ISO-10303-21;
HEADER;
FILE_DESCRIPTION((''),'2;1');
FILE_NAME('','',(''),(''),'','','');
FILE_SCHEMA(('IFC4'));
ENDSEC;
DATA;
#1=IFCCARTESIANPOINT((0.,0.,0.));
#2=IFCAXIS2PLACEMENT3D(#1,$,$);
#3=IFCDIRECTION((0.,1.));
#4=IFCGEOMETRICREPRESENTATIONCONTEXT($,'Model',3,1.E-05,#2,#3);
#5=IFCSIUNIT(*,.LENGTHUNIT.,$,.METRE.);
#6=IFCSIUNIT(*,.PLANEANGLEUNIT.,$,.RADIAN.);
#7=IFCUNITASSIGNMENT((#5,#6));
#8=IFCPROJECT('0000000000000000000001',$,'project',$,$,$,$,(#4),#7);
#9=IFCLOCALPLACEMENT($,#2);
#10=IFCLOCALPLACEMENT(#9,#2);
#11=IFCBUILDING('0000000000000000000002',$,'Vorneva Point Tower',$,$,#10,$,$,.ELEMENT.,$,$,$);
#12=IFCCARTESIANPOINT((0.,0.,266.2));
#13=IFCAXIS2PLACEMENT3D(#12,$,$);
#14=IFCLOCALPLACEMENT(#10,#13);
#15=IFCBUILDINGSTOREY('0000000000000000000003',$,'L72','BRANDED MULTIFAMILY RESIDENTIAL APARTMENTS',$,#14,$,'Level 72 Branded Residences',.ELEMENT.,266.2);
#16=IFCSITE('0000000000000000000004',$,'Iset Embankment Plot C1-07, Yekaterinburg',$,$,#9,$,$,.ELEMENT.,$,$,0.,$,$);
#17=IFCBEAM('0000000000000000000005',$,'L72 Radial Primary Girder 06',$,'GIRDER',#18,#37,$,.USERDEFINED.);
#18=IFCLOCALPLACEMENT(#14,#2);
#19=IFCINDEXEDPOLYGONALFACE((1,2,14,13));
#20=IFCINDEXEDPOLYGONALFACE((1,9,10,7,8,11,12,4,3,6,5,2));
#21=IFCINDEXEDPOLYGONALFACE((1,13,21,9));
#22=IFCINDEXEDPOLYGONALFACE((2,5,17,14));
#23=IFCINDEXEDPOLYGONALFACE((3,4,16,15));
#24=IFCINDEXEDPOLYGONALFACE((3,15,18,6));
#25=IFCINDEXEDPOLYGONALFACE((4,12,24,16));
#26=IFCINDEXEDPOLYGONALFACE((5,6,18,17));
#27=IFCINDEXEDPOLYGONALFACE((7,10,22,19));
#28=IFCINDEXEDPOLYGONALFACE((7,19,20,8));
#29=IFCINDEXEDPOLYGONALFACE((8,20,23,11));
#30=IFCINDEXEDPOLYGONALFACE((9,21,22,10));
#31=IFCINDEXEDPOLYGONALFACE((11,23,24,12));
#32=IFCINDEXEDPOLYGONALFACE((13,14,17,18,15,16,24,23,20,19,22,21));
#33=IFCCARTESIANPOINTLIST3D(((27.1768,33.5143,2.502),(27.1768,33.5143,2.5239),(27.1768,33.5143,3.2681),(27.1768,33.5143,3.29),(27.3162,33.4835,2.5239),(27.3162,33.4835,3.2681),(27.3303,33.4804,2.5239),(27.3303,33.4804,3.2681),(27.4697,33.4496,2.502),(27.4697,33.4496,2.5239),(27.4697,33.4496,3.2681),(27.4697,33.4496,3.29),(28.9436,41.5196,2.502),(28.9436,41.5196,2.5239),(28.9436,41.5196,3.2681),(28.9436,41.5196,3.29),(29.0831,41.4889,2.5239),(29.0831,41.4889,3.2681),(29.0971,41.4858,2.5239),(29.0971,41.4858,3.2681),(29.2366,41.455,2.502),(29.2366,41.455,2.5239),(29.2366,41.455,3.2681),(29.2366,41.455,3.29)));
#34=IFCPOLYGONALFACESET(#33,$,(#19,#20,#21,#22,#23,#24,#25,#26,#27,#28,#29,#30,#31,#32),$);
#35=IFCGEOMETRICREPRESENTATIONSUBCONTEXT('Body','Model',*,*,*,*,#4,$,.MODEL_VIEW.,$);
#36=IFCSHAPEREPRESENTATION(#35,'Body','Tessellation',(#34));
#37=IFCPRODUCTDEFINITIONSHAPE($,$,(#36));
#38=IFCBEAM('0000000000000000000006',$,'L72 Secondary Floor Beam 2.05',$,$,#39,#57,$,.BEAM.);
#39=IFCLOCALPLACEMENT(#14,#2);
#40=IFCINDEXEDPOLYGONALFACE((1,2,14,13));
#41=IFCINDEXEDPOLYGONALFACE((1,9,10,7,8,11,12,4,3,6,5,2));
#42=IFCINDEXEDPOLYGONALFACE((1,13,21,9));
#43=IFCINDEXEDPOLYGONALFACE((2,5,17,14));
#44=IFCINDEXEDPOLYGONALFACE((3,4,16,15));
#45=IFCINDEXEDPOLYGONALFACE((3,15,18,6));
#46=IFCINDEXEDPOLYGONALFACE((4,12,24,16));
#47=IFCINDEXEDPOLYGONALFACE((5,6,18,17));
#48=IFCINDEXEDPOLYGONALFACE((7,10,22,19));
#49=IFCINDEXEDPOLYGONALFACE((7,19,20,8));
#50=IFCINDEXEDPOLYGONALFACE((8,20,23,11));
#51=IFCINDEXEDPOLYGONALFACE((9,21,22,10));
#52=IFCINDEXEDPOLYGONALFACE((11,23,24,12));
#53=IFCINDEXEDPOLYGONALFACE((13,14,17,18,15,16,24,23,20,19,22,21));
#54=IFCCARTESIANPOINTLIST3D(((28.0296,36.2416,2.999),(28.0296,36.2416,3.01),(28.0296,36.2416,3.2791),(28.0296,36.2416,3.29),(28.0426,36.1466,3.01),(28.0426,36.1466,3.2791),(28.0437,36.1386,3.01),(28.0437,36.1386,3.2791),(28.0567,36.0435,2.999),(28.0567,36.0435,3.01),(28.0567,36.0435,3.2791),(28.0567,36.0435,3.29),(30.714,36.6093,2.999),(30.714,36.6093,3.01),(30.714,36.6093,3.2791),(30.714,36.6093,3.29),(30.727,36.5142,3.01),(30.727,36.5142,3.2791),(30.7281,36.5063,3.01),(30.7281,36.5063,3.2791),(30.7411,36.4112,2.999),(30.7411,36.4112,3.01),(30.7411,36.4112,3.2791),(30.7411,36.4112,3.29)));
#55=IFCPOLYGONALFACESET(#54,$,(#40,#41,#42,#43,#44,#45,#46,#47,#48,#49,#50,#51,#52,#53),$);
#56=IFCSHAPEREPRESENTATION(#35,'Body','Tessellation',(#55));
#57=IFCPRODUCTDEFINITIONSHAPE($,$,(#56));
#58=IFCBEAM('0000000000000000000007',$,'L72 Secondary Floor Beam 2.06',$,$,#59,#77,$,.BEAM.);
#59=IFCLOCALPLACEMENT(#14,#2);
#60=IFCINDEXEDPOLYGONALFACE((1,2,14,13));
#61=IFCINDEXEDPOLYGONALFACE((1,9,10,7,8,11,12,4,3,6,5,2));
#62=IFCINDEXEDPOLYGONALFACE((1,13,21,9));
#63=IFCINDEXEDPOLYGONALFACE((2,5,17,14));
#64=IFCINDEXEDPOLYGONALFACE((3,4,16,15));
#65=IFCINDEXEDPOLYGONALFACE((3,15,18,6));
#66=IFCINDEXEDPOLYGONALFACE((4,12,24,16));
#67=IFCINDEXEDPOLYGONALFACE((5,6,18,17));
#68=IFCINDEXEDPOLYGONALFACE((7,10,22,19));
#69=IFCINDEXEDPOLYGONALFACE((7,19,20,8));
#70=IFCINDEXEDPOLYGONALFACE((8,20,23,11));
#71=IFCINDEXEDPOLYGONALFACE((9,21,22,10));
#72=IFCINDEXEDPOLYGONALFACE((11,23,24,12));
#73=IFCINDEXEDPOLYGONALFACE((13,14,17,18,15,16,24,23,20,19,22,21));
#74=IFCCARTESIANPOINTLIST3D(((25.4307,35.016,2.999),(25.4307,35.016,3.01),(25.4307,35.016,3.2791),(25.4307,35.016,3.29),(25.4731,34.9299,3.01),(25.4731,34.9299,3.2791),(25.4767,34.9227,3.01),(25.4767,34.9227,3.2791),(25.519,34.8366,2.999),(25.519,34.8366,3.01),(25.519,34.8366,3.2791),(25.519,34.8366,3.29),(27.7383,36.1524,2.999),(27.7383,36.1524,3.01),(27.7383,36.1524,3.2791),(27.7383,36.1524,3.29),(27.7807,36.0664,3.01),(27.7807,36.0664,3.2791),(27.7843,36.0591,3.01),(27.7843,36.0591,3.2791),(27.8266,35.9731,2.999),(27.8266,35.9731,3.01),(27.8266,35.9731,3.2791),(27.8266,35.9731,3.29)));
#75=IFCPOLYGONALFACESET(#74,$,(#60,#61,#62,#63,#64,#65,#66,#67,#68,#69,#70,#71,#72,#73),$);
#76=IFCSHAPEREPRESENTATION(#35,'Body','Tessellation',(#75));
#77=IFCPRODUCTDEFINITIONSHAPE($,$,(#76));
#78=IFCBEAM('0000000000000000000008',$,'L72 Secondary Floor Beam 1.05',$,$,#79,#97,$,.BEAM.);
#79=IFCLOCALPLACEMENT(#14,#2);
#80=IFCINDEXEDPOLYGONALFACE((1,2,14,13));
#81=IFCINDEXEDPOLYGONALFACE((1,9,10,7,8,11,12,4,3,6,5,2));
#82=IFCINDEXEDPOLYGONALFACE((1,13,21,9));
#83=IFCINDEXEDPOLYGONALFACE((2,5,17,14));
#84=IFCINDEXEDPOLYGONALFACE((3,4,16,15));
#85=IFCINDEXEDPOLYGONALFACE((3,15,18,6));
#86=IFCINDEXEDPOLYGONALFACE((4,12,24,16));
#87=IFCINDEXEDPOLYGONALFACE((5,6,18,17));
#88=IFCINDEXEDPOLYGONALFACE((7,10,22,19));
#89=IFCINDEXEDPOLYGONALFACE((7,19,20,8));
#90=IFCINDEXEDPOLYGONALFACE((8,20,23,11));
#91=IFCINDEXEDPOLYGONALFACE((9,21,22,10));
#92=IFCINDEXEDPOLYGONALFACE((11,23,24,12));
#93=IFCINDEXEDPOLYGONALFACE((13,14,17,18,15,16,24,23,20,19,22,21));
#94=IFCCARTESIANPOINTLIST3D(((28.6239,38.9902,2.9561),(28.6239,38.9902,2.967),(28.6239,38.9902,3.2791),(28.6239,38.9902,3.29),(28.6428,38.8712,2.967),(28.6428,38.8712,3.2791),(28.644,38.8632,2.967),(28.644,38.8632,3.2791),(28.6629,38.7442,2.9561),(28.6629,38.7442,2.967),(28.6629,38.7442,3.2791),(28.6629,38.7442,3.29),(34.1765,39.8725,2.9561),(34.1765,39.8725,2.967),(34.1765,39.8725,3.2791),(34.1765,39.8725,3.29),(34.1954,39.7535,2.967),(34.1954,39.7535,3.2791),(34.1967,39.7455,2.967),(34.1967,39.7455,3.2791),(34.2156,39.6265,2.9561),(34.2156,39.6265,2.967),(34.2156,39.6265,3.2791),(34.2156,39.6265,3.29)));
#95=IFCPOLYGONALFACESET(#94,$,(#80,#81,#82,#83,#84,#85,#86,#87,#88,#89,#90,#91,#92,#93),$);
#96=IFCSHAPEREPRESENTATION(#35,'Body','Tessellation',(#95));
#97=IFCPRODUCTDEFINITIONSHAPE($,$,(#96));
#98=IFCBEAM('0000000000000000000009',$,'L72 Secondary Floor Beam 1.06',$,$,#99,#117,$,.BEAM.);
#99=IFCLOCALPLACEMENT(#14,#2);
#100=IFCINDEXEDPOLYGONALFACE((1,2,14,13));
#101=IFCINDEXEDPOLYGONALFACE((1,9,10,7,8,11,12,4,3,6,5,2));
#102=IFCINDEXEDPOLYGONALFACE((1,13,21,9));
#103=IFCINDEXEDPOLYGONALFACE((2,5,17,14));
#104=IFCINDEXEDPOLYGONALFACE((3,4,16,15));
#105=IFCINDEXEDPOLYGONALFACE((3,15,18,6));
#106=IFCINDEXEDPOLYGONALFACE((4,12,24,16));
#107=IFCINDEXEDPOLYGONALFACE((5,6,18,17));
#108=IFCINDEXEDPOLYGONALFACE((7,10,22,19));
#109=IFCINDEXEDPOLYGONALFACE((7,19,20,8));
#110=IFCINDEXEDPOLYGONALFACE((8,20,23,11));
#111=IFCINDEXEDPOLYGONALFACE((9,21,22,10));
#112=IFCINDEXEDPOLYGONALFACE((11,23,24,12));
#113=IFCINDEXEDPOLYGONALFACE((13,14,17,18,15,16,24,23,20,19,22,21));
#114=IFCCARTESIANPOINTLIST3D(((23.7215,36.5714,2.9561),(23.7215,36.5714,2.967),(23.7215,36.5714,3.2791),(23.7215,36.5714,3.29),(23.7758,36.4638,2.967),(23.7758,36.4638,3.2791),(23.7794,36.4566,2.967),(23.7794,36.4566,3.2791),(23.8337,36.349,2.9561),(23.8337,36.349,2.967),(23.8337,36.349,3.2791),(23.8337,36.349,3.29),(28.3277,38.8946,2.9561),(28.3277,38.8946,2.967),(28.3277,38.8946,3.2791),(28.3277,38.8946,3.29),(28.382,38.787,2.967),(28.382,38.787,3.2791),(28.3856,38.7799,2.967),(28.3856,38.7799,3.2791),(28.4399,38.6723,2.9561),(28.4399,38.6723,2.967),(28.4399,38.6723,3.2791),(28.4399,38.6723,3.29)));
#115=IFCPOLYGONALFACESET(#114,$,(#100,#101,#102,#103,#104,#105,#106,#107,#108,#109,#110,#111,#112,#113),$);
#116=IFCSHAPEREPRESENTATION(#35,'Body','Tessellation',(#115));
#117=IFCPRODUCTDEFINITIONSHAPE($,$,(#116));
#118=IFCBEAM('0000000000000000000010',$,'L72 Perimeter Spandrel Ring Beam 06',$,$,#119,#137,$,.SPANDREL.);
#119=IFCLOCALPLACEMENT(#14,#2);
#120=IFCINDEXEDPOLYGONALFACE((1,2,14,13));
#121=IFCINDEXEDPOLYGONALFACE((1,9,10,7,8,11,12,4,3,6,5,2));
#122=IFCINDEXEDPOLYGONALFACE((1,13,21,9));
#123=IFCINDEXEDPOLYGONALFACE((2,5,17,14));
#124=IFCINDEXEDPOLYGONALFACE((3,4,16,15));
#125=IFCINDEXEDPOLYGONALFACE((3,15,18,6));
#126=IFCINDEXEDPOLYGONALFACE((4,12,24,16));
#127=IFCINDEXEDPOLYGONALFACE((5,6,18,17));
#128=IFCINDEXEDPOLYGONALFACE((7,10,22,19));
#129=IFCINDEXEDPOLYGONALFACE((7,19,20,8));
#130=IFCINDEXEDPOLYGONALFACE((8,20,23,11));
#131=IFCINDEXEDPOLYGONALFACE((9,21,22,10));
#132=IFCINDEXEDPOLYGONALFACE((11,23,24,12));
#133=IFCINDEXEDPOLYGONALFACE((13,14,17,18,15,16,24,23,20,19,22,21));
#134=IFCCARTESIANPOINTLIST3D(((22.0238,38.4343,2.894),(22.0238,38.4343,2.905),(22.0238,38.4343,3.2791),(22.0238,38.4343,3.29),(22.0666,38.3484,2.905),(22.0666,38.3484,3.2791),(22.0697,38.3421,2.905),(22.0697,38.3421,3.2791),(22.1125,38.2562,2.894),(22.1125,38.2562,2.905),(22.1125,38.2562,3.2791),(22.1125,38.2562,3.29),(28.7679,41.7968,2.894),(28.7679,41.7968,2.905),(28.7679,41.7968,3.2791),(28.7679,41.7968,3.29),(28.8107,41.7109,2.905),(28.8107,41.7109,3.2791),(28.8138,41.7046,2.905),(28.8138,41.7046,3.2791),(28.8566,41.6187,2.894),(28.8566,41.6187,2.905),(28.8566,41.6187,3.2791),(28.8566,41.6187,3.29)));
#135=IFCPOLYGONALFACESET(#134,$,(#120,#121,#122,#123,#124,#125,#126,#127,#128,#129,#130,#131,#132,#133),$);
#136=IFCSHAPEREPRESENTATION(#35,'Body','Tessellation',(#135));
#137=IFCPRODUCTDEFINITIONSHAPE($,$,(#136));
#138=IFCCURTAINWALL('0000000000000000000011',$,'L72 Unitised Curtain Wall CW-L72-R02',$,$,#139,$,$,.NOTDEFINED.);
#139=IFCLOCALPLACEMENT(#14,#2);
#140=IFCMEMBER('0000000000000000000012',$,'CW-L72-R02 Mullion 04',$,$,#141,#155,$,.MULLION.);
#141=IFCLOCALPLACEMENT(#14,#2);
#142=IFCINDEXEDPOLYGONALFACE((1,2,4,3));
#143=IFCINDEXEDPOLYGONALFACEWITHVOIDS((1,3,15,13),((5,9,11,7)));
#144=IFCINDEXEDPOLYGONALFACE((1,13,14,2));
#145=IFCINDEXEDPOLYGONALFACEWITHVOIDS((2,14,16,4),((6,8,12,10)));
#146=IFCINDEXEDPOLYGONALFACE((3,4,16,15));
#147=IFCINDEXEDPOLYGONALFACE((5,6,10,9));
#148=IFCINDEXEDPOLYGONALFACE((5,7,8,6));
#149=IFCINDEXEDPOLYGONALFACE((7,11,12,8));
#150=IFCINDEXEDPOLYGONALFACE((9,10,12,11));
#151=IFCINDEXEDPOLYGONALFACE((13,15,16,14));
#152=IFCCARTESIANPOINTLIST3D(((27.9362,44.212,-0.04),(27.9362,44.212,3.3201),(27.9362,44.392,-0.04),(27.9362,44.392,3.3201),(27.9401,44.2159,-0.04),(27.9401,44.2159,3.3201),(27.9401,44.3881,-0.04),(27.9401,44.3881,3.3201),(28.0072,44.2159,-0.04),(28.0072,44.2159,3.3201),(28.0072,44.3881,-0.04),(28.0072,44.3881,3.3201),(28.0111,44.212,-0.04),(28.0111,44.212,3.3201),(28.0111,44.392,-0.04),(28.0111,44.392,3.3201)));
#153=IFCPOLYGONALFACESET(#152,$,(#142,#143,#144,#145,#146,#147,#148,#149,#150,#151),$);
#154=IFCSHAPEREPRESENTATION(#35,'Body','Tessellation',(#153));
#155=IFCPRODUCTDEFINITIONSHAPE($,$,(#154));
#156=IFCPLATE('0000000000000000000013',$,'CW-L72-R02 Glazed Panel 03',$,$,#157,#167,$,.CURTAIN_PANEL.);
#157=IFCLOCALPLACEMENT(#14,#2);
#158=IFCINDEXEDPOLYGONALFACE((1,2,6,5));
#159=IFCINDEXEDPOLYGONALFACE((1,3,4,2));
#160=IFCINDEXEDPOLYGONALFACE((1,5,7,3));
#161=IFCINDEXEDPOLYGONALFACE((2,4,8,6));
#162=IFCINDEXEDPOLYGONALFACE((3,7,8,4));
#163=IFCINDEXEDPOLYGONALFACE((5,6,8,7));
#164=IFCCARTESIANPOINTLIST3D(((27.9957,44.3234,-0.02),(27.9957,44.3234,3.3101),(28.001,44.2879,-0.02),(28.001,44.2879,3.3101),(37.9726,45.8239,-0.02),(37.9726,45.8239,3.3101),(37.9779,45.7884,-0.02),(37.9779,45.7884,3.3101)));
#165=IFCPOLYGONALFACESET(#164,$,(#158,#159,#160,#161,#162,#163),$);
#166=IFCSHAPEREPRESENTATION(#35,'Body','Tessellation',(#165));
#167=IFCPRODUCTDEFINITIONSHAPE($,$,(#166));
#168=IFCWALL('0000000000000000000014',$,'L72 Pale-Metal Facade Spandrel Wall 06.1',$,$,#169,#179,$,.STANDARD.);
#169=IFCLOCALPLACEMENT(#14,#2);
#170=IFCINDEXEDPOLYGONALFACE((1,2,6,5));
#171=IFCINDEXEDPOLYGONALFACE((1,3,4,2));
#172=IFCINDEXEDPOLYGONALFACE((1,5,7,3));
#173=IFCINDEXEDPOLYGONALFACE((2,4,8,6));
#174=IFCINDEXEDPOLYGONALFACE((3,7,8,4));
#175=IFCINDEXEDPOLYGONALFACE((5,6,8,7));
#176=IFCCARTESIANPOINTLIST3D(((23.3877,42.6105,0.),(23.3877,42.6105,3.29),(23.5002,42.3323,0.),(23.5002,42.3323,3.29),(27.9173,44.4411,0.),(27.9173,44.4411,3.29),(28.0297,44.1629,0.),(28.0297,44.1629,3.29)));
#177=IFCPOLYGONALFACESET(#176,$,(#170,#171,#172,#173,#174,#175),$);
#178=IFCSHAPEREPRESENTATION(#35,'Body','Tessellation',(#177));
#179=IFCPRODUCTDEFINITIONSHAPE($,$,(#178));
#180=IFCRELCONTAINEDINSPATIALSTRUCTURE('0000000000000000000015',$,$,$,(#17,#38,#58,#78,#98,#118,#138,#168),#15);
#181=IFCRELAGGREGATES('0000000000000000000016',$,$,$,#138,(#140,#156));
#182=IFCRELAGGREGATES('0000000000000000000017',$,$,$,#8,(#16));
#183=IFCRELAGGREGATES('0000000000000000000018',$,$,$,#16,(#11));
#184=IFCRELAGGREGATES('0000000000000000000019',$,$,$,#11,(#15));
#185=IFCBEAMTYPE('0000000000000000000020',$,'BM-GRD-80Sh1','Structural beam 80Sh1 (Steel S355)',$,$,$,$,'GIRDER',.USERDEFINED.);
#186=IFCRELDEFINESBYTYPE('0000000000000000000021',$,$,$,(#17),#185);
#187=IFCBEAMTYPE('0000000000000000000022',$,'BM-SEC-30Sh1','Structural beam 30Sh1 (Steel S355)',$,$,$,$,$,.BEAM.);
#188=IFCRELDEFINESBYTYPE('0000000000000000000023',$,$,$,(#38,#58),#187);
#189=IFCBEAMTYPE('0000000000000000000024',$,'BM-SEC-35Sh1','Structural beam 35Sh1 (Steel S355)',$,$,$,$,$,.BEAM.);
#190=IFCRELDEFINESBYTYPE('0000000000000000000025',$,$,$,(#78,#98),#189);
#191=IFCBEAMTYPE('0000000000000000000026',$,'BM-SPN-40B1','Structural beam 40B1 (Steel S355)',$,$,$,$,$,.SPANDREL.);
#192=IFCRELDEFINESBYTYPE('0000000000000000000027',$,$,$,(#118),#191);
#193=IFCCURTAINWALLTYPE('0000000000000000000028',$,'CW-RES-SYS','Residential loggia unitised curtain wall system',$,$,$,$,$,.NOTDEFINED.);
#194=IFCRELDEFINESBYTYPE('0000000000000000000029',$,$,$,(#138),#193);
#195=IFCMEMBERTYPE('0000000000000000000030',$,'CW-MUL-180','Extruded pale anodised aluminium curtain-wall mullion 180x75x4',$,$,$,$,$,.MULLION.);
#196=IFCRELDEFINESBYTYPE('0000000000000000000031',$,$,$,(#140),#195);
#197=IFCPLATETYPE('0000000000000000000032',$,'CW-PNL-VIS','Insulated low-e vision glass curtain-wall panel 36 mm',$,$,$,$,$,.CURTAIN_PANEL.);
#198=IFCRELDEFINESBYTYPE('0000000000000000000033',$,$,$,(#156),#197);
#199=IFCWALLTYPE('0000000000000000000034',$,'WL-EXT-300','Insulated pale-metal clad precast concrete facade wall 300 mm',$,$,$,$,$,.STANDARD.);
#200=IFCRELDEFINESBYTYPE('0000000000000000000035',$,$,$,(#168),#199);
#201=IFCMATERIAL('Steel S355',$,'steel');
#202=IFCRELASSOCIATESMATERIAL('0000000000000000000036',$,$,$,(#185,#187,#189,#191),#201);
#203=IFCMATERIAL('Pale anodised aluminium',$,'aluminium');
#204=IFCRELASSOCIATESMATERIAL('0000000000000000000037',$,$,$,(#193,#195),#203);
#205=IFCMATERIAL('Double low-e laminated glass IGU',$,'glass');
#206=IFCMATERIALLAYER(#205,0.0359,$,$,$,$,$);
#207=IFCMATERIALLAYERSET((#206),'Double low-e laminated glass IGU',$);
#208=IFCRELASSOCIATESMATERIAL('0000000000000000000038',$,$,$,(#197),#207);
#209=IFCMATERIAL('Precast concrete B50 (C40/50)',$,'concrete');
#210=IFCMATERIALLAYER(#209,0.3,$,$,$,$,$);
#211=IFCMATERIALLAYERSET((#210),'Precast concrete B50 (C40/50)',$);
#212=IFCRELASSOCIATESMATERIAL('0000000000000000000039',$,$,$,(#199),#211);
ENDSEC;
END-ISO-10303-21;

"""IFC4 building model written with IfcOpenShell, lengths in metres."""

from ifc_helpers import new_model, si_unit, direction, frame, frame_2d, origin, origin_2d, place, context, subcontext, project, spatial, rectangle, hollow_rectangle, i_section, extrude, material, layer, layer_set, material_profile, profile_set, type_object, element, aggregate, save


model = new_model("IFC4")

# Units and contexts
model_context = context("Model", 3, precision=1e-05, world=origin(), true_north=direction((0.0, 1.0)))
body_context = subcontext(model_context, "Body", "Model", "MODEL_VIEW")
ifc_project = project(units=[si_unit("LENGTHUNIT", "METRE"), si_unit("PLANEANGLEUNIT", "RADIAN")], contexts=[model_context])

# Site, building, storey
site_placement = place(None, origin())
site = spatial("IfcSite", under=ifc_project, at=site_placement, Name="Iset Embankment Plot C1-07, Yekaterinburg", CompositionType="ELEMENT", RefElevation=0.0)
building_placement = place(site_placement, origin())
building = spatial("IfcBuilding", under=site, at=building_placement, Name="Vorneva Point Tower", CompositionType="ELEMENT")
storey_placement = place(building_placement, frame((0.0, 0.0, 266.2)))
storey = spatial("IfcBuildingStorey", under=building, at=storey_placement, Name="L72", Description="BRANDED MULTIFAMILY RESIDENTIAL APARTMENTS", LongName="Level 72 Branded Residences", CompositionType="ELEMENT", Elevation=266.2)

# Beams
ifc_material_1 = material(Name="Steel S355", Category="steel")
ifc_material_profile_1 = material_profile(ifc_material_1, i_section(OverallWidth=0.3, OverallDepth=0.7881, WebThickness=0.0144, FlangeThickness=0.022, at=origin_2d()), Name="80Sh1")
ifc_profile_set_1 = profile_set([ifc_material_profile_1], Name="Steel S355")
beam_type_1 = type_object("IfcBeamType", Name="BM-GRD-80Sh1", Description="Structural beam 80Sh1 (Steel S355)", ElementType="GIRDER", PredefinedType="USERDEFINED", material=ifc_profile_set_1)
beam_1_placement = place(storey_placement, frame((29.0901, 41.4873, 2.896), z_axis=(-0.215521, -0.976499, 0.0), x_axis=(0.976499, -0.215521, 0.0)))
element("IfcBeam", 1, at=beam_1_placement, inside=storey, type_object=beam_type_1, Name="L72 Radial Primary Girder 06", ObjectType="GIRDER", PredefinedType="USERDEFINED", context=body_context, shape_type="SweptSolid", body=[
    extrude(i_section(OverallWidth=0.3, OverallDepth=0.7881, WebThickness=0.0144, FlangeThickness=0.022, at=origin_2d()), origin(), (0.0, 0.0, 1.0), 8.198),
])
ifc_material_profile_2 = material_profile(ifc_material_1, i_section(OverallWidth=0.2, OverallDepth=0.291, WebThickness=0.0081, FlangeThickness=0.011, at=origin_2d()), Name="30Sh1")
ifc_profile_set_2 = profile_set([ifc_material_profile_2], Name="Steel S355")
beam_type_2 = type_object("IfcBeamType", Name="BM-SEC-30Sh1", Description="Structural beam 30Sh1 (Steel S355)", PredefinedType="BEAM", material=ifc_profile_set_2)
beam_2_placement = place(storey_placement, frame((30.7275, 36.5103, 3.1445), z_axis=(-0.990749, -0.135704, 0.0), x_axis=(0.135704, -0.990749, 0.0)))
element("IfcBeam", 2, at=beam_2_placement, inside=storey, type_object=beam_type_2, Name="L72 Secondary Floor Beam 2.05", PredefinedType="BEAM", context=body_context, shape_type="SweptSolid", body=[
    extrude(i_section(OverallWidth=0.2, OverallDepth=0.291, WebThickness=0.0081, FlangeThickness=0.011, at=origin_2d()), origin(), (0.0, 0.0, 1.0), 2.7095),
])
beam_3_placement = place(storey_placement, frame((27.7825, 36.0627, 3.1445), z_axis=(-0.897106, -0.441814, 0.0), x_axis=(0.441814, -0.897106, 0.0)))
element("IfcBeam", 3, at=beam_3_placement, inside=storey, type_object=beam_type_2, Name="L72 Secondary Floor Beam 2.06", PredefinedType="BEAM", context=body_context, shape_type="SweptSolid", body=[
    extrude(i_section(OverallWidth=0.2, OverallDepth=0.291, WebThickness=0.0081, FlangeThickness=0.011, at=origin_2d()), origin(), (0.0, 0.0, 1.0), 2.5723),
])
ifc_material_profile_3 = material_profile(ifc_material_1, i_section(OverallWidth=0.249, OverallDepth=0.334, WebThickness=0.0081, FlangeThickness=0.011, at=origin_2d()), Name="35Sh1")
ifc_profile_set_3 = profile_set([ifc_material_profile_3], Name="Steel S355")
beam_type_3 = type_object("IfcBeamType", Name="BM-SEC-35Sh1", Description="Structural beam 35Sh1 (Steel S355)", PredefinedType="BEAM", material=ifc_profile_set_3)
beam_4_placement = place(storey_placement, frame((34.196, 39.7495, 3.123), z_axis=(-0.98761, -0.15693, 0.0), x_axis=(0.15693, -0.98761, 0.0)))
element("IfcBeam", 4, at=beam_4_placement, inside=storey, type_object=beam_type_3, Name="L72 Secondary Floor Beam 1.05", PredefinedType="BEAM", context=body_context, shape_type="SweptSolid", body=[
    extrude(i_section(OverallWidth=0.249, OverallDepth=0.334, WebThickness=0.0081, FlangeThickness=0.011, at=origin_2d()), origin(), (0.0, 0.0, 1.0), 5.6223),
])
beam_5_placement = place(storey_placement, frame((28.3838, 38.7834, 3.123), z_axis=(-0.89286, -0.450334, 0.0), x_axis=(0.450334, -0.89286, 0.0)))
element("IfcBeam", 5, at=beam_5_placement, inside=storey, type_object=beam_type_3, Name="L72 Secondary Floor Beam 1.06", PredefinedType="BEAM", context=body_context, shape_type="SweptSolid", body=[
    extrude(i_section(OverallWidth=0.249, OverallDepth=0.334, WebThickness=0.0081, FlangeThickness=0.011, at=origin_2d()), origin(), (0.0, 0.0, 1.0), 5.1589),
])
ifc_material_profile_4 = material_profile(ifc_material_1, i_section(OverallWidth=0.199, OverallDepth=0.396, WebThickness=0.0071, FlangeThickness=0.011, at=origin_2d()), Name="40B1")
ifc_profile_set_4 = profile_set([ifc_material_profile_4], Name="Steel S355")
beam_type_4 = type_object("IfcBeamType", Name="BM-SPN-40B1", Description="Structural beam 40B1 (Steel S355)", PredefinedType="SPANDREL", material=ifc_profile_set_4)
beam_6_placement = place(storey_placement, frame((28.8123, 41.7078, 3.092), z_axis=(-0.894932, -0.446203, 0.0), x_axis=(0.446203, -0.894932, 0.0)))
element("IfcBeam", 6, at=beam_6_placement, inside=storey, type_object=beam_type_4, Name="L72 Perimeter Spandrel Ring Beam 06", PredefinedType="SPANDREL", context=body_context, shape_type="SweptSolid", body=[
    extrude(i_section(OverallWidth=0.199, OverallDepth=0.396, WebThickness=0.0071, FlangeThickness=0.011, at=origin_2d()), origin(), (0.0, 0.0, 1.0), 7.5359),
])

# Curtain wall, member, plate
ifc_material_2 = material(Name="Pale anodised aluminium", Category="aluminium")
curtain_wall_type = type_object("IfcCurtainWallType", Name="CW-RES-SYS", Description="Residential loggia unitised curtain wall system", PredefinedType="NOTDEFINED", material=ifc_material_2)
curtain_wall_placement = place(storey_placement, origin())
curtain_wall = element("IfcCurtainWall", 7, at=curtain_wall_placement, inside=storey, type_object=curtain_wall_type, Name="L72 Unitised Curtain Wall CW-L72-R02", PredefinedType="NOTDEFINED")
ifc_material_profile_5 = material_profile(ifc_material_2, hollow_rectangle(XDim=0.075, YDim=0.1799, WallThickness=0.0039, at=origin_2d()), Name="AL-MUL 180x75x4")
ifc_profile_set_5 = profile_set([ifc_material_profile_5], Name="Pale anodised aluminium")
member_type = type_object("IfcMemberType", Name="CW-MUL-180", Description="Extruded pale anodised aluminium curtain-wall mullion 180x75x4", PredefinedType="MULLION", material=ifc_profile_set_5)
member_placement = place(storey_placement, frame((27.9736, 44.302, -0.04), z_axis=(0.0, 0.0, 1.0), x_axis=(1.0, 0.0, 0.0)))
member = element("IfcMember", 8, at=member_placement, type_object=member_type, Name="CW-L72-R02 Mullion 04", PredefinedType="MULLION", context=body_context, shape_type="SweptSolid", body=[
    extrude(hollow_rectangle(XDim=0.075, YDim=0.1799, WallThickness=0.0039, at=origin_2d()), origin(), (0.0, 0.0, 1.0), 3.3601),
])
ifc_material_3 = material(Name="Double low-e laminated glass IGU", Category="glass")
ifc_layer_1 = layer(ifc_material_3, 0.0359)
ifc_layer_set_1 = layer_set([ifc_layer_1], Name="Double low-e laminated glass IGU")
plate_type = type_object("IfcPlateType", Name="CW-PNL-VIS", Description="Insulated low-e vision glass curtain-wall panel 36 mm", PredefinedType="CURTAIN_PANEL", material=ifc_layer_set_1)
plate_placement = place(storey_placement, frame((32.9868, 45.0559, -0.02), z_axis=(0.0, 0.0, 1.0), x_axis=(-0.988879, -0.148724, 0.0)))
plate = element("IfcPlate", 9, at=plate_placement, type_object=plate_type, Name="CW-L72-R02 Glazed Panel 03", PredefinedType="CURTAIN_PANEL", context=body_context, shape_type="SweptSolid", body=[
    extrude(rectangle(XDim=10.0891, YDim=0.0359, at=origin_2d()), origin(), (0.0, 0.0, 1.0), 3.3301),
])
aggregate(curtain_wall, [member, plate])

# Wall
ifc_material_4 = material(Name="Precast concrete B50 (C40/50)", Category="concrete")
ifc_layer_2 = layer(ifc_material_4, 0.3)
ifc_layer_set_2 = layer_set([ifc_layer_2], Name="Precast concrete B50 (C40/50)")
wall_type_1 = type_object("IfcWallType", Name="WL-EXT-300", Description="Insulated pale-metal clad precast concrete facade wall 300 mm", PredefinedType="STANDARD", material=ifc_layer_set_2)
wall_1_placement = place(storey_placement, frame((27.9736, 44.302, 0.0), z_axis=(0.0, 0.0, 1.0), x_axis=(-0.927147, -0.374697, 0.0)))
element("IfcWall", 10, at=wall_1_placement, inside=storey, type_object=wall_type_1, Name="L72 Pale-Metal Facade Spandrel Wall 06.1", PredefinedType="STANDARD", context=body_context, shape_type="SweptSolid", body=[
    extrude(rectangle(XDim=4.8855, YDim=0.3, at=frame_2d((2.4429, 0.0))), origin(), (0.0, 0.0, 1.0), 3.29),
])

save(model, "model.ifc")
